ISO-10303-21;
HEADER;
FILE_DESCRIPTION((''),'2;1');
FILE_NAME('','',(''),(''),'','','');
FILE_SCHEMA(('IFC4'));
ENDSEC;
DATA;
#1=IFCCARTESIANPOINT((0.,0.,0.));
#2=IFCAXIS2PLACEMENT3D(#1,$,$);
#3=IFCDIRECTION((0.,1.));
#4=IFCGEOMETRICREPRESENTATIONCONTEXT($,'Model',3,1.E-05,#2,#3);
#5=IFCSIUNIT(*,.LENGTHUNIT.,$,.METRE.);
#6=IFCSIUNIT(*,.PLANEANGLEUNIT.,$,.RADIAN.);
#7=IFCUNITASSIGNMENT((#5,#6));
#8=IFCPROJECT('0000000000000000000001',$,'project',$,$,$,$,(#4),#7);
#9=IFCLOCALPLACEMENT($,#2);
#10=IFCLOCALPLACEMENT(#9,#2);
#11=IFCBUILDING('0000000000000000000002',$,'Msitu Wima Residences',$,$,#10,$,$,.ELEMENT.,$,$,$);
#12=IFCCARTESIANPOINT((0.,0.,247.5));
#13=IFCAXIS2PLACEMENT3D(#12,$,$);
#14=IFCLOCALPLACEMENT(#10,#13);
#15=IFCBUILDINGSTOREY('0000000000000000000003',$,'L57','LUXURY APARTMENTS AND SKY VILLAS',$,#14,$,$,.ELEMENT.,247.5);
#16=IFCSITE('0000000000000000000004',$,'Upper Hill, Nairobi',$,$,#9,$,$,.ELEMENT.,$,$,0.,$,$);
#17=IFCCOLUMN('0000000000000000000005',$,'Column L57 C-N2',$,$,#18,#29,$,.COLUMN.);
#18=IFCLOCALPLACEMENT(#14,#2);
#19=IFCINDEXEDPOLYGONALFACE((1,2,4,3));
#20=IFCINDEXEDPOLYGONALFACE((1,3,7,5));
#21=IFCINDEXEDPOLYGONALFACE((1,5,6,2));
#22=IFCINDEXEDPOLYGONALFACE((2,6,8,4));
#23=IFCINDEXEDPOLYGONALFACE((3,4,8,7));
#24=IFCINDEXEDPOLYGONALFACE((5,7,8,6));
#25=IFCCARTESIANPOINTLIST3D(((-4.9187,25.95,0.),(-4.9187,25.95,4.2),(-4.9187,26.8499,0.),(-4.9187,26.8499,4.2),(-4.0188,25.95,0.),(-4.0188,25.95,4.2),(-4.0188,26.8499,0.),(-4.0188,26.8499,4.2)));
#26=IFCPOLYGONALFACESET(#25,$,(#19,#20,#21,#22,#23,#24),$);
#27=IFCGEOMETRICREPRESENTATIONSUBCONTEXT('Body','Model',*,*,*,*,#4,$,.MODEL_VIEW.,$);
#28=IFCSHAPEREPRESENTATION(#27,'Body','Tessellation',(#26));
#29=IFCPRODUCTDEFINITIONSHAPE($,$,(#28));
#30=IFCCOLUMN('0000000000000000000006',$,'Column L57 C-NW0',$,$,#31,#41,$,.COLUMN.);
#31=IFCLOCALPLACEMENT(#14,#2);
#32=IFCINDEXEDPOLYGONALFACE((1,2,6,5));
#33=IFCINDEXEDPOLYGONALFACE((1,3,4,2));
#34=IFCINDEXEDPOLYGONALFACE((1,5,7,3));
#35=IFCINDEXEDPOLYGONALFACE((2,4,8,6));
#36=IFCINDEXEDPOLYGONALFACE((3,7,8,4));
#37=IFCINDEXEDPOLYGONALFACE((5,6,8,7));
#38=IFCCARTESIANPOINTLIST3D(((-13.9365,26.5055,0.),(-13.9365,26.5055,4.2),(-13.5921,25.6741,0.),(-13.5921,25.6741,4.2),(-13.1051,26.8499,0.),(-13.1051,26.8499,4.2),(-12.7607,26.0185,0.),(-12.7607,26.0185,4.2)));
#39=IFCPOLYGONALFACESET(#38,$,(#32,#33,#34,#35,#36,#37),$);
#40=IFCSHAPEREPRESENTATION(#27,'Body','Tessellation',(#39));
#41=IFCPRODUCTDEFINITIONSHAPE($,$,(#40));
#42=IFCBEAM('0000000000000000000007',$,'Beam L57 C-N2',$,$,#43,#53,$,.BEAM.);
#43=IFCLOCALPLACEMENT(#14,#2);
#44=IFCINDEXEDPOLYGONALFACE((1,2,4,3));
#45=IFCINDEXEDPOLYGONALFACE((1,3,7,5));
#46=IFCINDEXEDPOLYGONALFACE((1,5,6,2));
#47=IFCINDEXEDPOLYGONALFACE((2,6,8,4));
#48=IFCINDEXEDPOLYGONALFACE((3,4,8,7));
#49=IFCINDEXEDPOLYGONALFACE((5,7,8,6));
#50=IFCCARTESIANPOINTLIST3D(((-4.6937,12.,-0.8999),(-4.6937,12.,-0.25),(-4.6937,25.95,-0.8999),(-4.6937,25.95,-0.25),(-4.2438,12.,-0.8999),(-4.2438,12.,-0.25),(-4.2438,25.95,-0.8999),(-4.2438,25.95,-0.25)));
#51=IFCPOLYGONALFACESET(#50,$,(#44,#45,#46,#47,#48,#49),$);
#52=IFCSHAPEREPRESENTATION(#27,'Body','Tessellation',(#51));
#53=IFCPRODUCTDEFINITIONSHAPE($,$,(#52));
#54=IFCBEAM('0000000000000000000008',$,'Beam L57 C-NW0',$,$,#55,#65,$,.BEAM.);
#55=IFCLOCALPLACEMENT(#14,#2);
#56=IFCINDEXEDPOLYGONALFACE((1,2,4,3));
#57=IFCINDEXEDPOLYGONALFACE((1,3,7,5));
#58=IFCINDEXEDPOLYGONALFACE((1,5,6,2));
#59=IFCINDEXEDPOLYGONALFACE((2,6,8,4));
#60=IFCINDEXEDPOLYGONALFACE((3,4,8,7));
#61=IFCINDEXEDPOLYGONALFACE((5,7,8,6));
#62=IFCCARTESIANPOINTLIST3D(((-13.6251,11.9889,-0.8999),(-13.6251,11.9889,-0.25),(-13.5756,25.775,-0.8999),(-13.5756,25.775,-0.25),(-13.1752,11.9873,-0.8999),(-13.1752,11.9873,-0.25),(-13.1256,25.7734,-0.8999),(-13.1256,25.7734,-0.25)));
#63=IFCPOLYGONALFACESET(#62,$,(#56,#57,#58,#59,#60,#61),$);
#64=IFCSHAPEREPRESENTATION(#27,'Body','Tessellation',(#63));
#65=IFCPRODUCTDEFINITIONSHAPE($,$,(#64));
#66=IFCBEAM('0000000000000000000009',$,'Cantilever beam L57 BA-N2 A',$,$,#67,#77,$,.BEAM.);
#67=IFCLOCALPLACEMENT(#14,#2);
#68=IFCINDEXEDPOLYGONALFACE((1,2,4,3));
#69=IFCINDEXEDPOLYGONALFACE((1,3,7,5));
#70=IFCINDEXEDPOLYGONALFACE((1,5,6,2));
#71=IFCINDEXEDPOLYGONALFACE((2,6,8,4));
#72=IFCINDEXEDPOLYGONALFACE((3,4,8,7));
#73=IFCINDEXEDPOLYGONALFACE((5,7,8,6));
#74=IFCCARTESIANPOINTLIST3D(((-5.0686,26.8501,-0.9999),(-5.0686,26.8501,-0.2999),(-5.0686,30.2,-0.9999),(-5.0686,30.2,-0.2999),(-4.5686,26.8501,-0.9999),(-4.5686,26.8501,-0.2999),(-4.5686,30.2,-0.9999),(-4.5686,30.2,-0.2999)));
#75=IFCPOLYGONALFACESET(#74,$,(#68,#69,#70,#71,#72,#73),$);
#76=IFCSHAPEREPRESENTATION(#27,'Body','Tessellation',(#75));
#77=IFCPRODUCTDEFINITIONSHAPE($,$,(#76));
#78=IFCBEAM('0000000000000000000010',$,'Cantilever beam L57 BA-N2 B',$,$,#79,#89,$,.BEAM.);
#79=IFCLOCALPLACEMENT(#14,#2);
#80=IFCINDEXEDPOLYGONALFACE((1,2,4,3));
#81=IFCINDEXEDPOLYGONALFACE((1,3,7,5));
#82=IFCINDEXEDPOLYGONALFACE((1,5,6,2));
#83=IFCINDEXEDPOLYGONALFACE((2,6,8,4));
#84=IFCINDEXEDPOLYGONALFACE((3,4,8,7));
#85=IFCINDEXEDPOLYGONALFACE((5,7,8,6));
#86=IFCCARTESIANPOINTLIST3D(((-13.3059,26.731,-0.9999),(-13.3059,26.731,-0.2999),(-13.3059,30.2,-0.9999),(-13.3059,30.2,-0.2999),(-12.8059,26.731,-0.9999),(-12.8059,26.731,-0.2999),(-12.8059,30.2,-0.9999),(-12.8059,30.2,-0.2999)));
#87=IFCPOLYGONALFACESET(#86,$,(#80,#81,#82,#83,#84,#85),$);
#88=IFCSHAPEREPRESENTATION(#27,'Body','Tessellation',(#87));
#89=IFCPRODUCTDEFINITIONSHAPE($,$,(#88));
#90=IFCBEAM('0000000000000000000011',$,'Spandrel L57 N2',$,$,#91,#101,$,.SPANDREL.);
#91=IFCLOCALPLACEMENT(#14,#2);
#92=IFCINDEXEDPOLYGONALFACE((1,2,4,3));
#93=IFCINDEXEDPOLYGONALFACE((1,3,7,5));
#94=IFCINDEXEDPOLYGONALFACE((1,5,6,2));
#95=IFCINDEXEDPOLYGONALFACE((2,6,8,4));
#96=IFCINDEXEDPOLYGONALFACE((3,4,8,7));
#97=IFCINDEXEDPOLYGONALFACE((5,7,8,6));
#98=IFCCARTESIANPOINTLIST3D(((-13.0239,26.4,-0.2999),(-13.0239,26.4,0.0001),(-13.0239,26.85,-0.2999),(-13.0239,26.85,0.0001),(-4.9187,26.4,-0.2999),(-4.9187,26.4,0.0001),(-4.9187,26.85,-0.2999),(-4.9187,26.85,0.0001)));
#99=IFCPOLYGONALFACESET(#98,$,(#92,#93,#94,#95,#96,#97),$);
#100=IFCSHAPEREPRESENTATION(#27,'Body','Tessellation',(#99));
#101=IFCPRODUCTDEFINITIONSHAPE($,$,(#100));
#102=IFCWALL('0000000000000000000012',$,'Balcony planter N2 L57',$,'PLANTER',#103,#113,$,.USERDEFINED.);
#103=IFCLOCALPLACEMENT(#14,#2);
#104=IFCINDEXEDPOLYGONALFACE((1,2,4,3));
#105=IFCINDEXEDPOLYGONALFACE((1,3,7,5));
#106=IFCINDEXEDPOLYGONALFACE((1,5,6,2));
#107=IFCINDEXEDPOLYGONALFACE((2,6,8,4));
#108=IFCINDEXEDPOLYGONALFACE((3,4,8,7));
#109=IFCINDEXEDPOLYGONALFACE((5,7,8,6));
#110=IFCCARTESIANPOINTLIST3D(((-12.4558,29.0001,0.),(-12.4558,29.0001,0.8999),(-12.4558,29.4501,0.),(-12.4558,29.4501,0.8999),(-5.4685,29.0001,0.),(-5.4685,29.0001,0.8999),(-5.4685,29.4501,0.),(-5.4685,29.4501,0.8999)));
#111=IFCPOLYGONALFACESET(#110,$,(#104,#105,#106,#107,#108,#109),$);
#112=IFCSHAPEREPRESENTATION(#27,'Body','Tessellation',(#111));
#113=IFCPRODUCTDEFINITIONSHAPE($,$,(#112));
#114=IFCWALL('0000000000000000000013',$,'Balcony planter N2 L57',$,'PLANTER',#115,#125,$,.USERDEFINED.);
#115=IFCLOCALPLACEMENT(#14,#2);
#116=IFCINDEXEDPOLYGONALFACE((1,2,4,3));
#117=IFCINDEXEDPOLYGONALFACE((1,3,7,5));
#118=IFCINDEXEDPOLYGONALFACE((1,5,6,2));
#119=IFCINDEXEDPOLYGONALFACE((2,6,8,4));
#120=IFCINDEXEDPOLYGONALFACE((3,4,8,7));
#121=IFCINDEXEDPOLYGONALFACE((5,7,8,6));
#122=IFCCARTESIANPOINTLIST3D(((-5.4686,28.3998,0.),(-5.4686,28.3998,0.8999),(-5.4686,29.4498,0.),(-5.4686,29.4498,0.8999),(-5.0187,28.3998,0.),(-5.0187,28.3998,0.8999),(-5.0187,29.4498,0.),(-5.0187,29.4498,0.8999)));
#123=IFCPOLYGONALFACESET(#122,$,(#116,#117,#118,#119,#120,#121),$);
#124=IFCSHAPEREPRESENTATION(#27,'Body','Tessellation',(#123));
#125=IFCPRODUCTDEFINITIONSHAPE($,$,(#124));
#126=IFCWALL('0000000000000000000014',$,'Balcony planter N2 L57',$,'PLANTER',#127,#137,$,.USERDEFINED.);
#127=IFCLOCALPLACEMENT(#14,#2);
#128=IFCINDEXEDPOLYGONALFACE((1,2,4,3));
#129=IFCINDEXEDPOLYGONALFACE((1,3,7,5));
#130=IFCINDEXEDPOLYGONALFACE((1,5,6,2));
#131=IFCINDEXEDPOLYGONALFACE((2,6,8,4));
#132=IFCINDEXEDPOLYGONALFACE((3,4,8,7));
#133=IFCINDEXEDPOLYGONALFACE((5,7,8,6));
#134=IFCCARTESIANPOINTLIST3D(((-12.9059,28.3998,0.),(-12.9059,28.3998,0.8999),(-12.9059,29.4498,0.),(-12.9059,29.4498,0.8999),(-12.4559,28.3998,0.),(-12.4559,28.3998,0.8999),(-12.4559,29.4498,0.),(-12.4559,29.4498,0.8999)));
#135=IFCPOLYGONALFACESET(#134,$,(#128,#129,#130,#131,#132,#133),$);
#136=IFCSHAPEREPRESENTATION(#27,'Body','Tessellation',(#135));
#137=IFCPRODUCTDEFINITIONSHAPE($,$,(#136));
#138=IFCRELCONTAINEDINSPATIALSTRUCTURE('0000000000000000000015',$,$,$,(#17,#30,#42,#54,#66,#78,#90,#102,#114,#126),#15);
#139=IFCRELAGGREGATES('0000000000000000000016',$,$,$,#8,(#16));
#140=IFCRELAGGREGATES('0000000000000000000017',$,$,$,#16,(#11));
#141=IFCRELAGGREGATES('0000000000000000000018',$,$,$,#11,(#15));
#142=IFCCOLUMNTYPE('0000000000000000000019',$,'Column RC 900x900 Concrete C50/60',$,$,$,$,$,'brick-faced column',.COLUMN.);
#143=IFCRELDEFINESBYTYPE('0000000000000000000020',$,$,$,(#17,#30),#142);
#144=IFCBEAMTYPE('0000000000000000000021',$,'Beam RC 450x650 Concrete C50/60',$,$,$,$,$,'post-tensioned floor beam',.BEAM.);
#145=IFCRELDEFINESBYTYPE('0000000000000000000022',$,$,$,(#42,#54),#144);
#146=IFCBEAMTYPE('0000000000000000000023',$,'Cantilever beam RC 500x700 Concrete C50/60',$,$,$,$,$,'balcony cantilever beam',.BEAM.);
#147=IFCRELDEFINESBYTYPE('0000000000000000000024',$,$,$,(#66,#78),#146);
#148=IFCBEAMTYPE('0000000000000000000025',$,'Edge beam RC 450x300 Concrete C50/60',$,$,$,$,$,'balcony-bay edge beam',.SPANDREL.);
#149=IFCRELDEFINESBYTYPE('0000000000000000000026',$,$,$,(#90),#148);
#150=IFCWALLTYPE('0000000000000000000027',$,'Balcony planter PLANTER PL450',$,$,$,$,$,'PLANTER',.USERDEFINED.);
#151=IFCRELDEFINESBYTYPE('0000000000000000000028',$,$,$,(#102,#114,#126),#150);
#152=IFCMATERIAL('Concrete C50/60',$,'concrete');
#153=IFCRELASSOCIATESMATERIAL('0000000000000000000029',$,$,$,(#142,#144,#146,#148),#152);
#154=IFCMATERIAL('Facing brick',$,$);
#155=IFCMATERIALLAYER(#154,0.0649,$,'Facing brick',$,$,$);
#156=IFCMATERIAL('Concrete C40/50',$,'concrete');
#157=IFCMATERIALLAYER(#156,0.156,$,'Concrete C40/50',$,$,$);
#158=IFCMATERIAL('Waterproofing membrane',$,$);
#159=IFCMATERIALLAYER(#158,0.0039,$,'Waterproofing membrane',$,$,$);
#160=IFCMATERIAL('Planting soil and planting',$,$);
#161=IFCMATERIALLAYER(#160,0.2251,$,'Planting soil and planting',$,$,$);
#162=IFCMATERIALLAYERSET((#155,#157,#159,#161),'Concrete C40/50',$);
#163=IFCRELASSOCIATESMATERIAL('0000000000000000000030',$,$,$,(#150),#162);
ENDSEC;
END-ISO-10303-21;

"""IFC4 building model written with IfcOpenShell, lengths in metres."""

from ifc_helpers import new_model, si_unit, direction, frame, frame_2d, origin, origin_2d, place, context, subcontext, project, spatial, rectangle, extrude, material, layer, layer_set, material_profile, profile_set, type_object, element, save


model = new_model("IFC4")

# Units and contexts
model_context = context("Model", 3, precision=1e-05, world=origin(), true_north=direction((0.0, 1.0)))
body_context = subcontext(model_context, "Body", "Model", "MODEL_VIEW")
ifc_project = project(units=[si_unit("LENGTHUNIT", "METRE"), si_unit("PLANEANGLEUNIT", "RADIAN")], contexts=[model_context])

# Site, building, storey
site_placement = place(None, origin())
site = spatial("IfcSite", under=ifc_project, at=site_placement, Name="Upper Hill, Nairobi", CompositionType="ELEMENT", RefElevation=0.0)
building_placement = place(site_placement, origin())
building = spatial("IfcBuilding", under=site, at=building_placement, Name="Msitu Wima Residences", CompositionType="ELEMENT")
storey_placement = place(building_placement, frame((0.0, 0.0, 247.5)))
storey = spatial("IfcBuildingStorey", under=building, at=storey_placement, Name="L57", Description="LUXURY APARTMENTS AND SKY VILLAS", CompositionType="ELEMENT", Elevation=247.5)

# Columns
ifc_material_1 = material(Name="Concrete C50/60", Category="concrete")
ifc_material_profile_1 = material_profile(ifc_material_1, rectangle(XDim=0.8999, YDim=0.8999, at=origin_2d()), Name="RC 900x900")
ifc_profile_set_1 = profile_set([ifc_material_profile_1], Name="Concrete C50/60")
column_type = type_object("IfcColumnType", Name="Column RC 900x900 Concrete C50/60", ElementType="brick-faced column", PredefinedType="COLUMN", material=ifc_profile_set_1)
for number, where, z_axis, x_axis, name in (
    (1, (-4.4688, 26.3999, 0.0), (0.0, 0.0, 1.0), (-1.0, 0.0, 0.0), "Column L57 C-N2"),
    (2, (-13.3486, 26.262, 0.0), (0.0, 0.0, 1.0), (-0.92388, -0.382683, 0.0), "Column L57 C-NW0"),
):
    element("IfcColumn", number, at=place(storey_placement, frame(where, z_axis=z_axis, x_axis=x_axis)), inside=storey, type_object=column_type, Name=name, PredefinedType="COLUMN", context=body_context, shape_type="SweptSolid", body=[
        extrude(rectangle(XDim=0.8999, YDim=0.8999, at=origin_2d()), origin(), (0.0, 0.0, 1.0), 4.2),
    ])

# Beams
ifc_material_profile_2 = material_profile(ifc_material_1, rectangle(XDim=0.45, YDim=0.6499, at=origin_2d()), Name="RC 450x650")
ifc_profile_set_2 = profile_set([ifc_material_profile_2], Name="Concrete C50/60")
beam_type_1 = type_object("IfcBeamType", Name="Beam RC 450x650 Concrete C50/60", ElementType="post-tensioned floor beam", PredefinedType="BEAM", material=ifc_profile_set_2)
beam_1_placement = place(storey_placement, frame((-4.4688, 25.95, -0.575), z_axis=(0.0, -1.0, 0.0), x_axis=(1.0, 0.0, 0.0)))
element("IfcBeam", 3, at=beam_1_placement, inside=storey, type_object=beam_type_1, Name="Beam L57 C-N2", PredefinedType="BEAM", context=body_context, shape_type="SweptSolid", body=[
    extrude(rectangle(XDim=0.45, YDim=0.6499, at=origin_2d()), origin(), (0.0, 0.0, 1.0), 13.95),
])
beam_2_placement = place(storey_placement, frame((-13.3506, 25.7742, -0.575), z_axis=(-0.003595, -0.999994, 0.0), x_axis=(0.999994, -0.003595, 0.0)))
element("IfcBeam", 4, at=beam_2_placement, inside=storey, type_object=beam_type_1, Name="Beam L57 C-NW0", PredefinedType="BEAM", context=body_context, shape_type="SweptSolid", body=[
    extrude(rectangle(XDim=0.45, YDim=0.6499, at=origin_2d()), origin(), (0.0, 0.0, 1.0), 13.7861),
])
ifc_material_profile_3 = material_profile(ifc_material_1, rectangle(XDim=0.5, YDim=0.7, at=origin_2d()), Name="RC 500x700")
ifc_profile_set_3 = profile_set([ifc_material_profile_3], Name="Concrete C50/60")
beam_type_2 = type_object("IfcBeamType", Name="Cantilever beam RC 500x700 Concrete C50/60", ElementType="balcony cantilever beam", PredefinedType="BEAM", material=ifc_profile_set_3)
beam_3_placement = place(storey_placement, frame((-4.8186, 26.8501, -0.6499), z_axis=(0.0, 1.0, 0.0), x_axis=(-1.0, 0.0, 0.0)))
element("IfcBeam", 5, at=beam_3_placement, inside=storey, type_object=beam_type_2, Name="Cantilever beam L57 BA-N2 A", PredefinedType="BEAM", context=body_context, shape_type="SweptSolid", body=[
    extrude(rectangle(XDim=0.5, YDim=0.7, at=origin_2d()), origin(), (0.0, 0.0, 1.0), 3.3499),
])
beam_4_placement = place(storey_placement, frame((-13.0559, 26.731, -0.6499), z_axis=(0.0, 1.0, 0.0), x_axis=(-1.0, 0.0, 0.0)))
element("IfcBeam", 6, at=beam_4_placement, inside=storey, type_object=beam_type_2, Name="Cantilever beam L57 BA-N2 B", PredefinedType="BEAM", context=body_context, shape_type="SweptSolid", body=[
    extrude(rectangle(XDim=0.5, YDim=0.7, at=origin_2d()), origin(), (0.0, 0.0, 1.0), 3.469),
])
ifc_material_profile_4 = material_profile(ifc_material_1, rectangle(XDim=0.45, YDim=0.3, at=origin_2d()), Name="RC 450x300")
ifc_profile_set_4 = profile_set([ifc_material_profile_4], Name="Concrete C50/60")
beam_type_3 = type_object("IfcBeamType", Name="Edge beam RC 450x300 Concrete C50/60", ElementType="balcony-bay edge beam", PredefinedType="SPANDREL", material=ifc_profile_set_4)
beam_5_placement = place(storey_placement, frame((-4.9187, 26.625, -0.1499), z_axis=(-1.0, 0.0, 0.0), x_axis=(0.0, -1.0, 0.0)))
element("IfcBeam", 7, at=beam_5_placement, inside=storey, type_object=beam_type_3, Name="Spandrel L57 N2", PredefinedType="SPANDREL", context=body_context, shape_type="SweptSolid", body=[
    extrude(rectangle(XDim=0.45, YDim=0.3, at=origin_2d()), origin(), (0.0, 0.0, 1.0), 8.1052),
])

# Walls
ifc_material_2 = material(Name="Facing brick")
ifc_layer_1 = layer(ifc_material_2, 0.0649, Name="Facing brick")
ifc_material_3 = material(Name="Concrete C40/50", Category="concrete")
ifc_layer_2 = layer(ifc_material_3, 0.156, Name="Concrete C40/50")
ifc_material_4 = material(Name="Waterproofing membrane")
ifc_layer_3 = layer(ifc_material_4, 0.0039, Name="Waterproofing membrane")
ifc_material_5 = material(Name="Planting soil and planting")
ifc_layer_4 = layer(ifc_material_5, 0.2251, Name="Planting soil and planting")
ifc_layer_set_1 = layer_set([ifc_layer_1, ifc_layer_2, ifc_layer_3, ifc_layer_4], Name="Concrete C40/50")
wall_type_1 = type_object("IfcWallType", Name="Balcony planter PLANTER PL450", ElementType="PLANTER", PredefinedType="USERDEFINED", material=ifc_layer_set_1)
wall_1_placement = place(storey_placement, frame((-5.4685, 29.2251, 0.0), z_axis=(0.0, 0.0, 1.0), x_axis=(-1.0, 0.0, 0.0)))
element("IfcWall", 8, at=wall_1_placement, inside=storey, type_object=wall_type_1, Name="Balcony planter N2 L57", ObjectType="PLANTER", PredefinedType="USERDEFINED", context=body_context, shape_type="SweptSolid", body=[
    extrude(rectangle(XDim=6.9873, YDim=0.45, at=frame_2d((3.4937, 0.0))), origin(), (0.0, 0.0, 1.0), 0.8999),
])
for number, where, z_axis, x_axis, name in (
    (9, (-5.2437, 28.3999, 0.0), (0.0, 0.0, 1.0), (0.0, 1.0, 0.0), "Balcony planter N2 L57"),
    (10, (-12.6809, 28.3999, 0.0), (0.0, 0.0, 1.0), (0.0, 1.0, 0.0), "Balcony planter N2 L57"),
):
    element("IfcWall", number, at=place(storey_placement, frame(where, z_axis=z_axis, x_axis=x_axis)), inside=storey, type_object=wall_type_1, Name=name, ObjectType="PLANTER", PredefinedType="USERDEFINED", context=body_context, shape_type="SweptSolid", body=[
        extrude(rectangle(XDim=1.05, YDim=0.45, at=frame_2d((0.5249, 0.0))), origin(), (0.0, 0.0, 1.0), 0.8999),
    ])

save(model, "model.ifc")
